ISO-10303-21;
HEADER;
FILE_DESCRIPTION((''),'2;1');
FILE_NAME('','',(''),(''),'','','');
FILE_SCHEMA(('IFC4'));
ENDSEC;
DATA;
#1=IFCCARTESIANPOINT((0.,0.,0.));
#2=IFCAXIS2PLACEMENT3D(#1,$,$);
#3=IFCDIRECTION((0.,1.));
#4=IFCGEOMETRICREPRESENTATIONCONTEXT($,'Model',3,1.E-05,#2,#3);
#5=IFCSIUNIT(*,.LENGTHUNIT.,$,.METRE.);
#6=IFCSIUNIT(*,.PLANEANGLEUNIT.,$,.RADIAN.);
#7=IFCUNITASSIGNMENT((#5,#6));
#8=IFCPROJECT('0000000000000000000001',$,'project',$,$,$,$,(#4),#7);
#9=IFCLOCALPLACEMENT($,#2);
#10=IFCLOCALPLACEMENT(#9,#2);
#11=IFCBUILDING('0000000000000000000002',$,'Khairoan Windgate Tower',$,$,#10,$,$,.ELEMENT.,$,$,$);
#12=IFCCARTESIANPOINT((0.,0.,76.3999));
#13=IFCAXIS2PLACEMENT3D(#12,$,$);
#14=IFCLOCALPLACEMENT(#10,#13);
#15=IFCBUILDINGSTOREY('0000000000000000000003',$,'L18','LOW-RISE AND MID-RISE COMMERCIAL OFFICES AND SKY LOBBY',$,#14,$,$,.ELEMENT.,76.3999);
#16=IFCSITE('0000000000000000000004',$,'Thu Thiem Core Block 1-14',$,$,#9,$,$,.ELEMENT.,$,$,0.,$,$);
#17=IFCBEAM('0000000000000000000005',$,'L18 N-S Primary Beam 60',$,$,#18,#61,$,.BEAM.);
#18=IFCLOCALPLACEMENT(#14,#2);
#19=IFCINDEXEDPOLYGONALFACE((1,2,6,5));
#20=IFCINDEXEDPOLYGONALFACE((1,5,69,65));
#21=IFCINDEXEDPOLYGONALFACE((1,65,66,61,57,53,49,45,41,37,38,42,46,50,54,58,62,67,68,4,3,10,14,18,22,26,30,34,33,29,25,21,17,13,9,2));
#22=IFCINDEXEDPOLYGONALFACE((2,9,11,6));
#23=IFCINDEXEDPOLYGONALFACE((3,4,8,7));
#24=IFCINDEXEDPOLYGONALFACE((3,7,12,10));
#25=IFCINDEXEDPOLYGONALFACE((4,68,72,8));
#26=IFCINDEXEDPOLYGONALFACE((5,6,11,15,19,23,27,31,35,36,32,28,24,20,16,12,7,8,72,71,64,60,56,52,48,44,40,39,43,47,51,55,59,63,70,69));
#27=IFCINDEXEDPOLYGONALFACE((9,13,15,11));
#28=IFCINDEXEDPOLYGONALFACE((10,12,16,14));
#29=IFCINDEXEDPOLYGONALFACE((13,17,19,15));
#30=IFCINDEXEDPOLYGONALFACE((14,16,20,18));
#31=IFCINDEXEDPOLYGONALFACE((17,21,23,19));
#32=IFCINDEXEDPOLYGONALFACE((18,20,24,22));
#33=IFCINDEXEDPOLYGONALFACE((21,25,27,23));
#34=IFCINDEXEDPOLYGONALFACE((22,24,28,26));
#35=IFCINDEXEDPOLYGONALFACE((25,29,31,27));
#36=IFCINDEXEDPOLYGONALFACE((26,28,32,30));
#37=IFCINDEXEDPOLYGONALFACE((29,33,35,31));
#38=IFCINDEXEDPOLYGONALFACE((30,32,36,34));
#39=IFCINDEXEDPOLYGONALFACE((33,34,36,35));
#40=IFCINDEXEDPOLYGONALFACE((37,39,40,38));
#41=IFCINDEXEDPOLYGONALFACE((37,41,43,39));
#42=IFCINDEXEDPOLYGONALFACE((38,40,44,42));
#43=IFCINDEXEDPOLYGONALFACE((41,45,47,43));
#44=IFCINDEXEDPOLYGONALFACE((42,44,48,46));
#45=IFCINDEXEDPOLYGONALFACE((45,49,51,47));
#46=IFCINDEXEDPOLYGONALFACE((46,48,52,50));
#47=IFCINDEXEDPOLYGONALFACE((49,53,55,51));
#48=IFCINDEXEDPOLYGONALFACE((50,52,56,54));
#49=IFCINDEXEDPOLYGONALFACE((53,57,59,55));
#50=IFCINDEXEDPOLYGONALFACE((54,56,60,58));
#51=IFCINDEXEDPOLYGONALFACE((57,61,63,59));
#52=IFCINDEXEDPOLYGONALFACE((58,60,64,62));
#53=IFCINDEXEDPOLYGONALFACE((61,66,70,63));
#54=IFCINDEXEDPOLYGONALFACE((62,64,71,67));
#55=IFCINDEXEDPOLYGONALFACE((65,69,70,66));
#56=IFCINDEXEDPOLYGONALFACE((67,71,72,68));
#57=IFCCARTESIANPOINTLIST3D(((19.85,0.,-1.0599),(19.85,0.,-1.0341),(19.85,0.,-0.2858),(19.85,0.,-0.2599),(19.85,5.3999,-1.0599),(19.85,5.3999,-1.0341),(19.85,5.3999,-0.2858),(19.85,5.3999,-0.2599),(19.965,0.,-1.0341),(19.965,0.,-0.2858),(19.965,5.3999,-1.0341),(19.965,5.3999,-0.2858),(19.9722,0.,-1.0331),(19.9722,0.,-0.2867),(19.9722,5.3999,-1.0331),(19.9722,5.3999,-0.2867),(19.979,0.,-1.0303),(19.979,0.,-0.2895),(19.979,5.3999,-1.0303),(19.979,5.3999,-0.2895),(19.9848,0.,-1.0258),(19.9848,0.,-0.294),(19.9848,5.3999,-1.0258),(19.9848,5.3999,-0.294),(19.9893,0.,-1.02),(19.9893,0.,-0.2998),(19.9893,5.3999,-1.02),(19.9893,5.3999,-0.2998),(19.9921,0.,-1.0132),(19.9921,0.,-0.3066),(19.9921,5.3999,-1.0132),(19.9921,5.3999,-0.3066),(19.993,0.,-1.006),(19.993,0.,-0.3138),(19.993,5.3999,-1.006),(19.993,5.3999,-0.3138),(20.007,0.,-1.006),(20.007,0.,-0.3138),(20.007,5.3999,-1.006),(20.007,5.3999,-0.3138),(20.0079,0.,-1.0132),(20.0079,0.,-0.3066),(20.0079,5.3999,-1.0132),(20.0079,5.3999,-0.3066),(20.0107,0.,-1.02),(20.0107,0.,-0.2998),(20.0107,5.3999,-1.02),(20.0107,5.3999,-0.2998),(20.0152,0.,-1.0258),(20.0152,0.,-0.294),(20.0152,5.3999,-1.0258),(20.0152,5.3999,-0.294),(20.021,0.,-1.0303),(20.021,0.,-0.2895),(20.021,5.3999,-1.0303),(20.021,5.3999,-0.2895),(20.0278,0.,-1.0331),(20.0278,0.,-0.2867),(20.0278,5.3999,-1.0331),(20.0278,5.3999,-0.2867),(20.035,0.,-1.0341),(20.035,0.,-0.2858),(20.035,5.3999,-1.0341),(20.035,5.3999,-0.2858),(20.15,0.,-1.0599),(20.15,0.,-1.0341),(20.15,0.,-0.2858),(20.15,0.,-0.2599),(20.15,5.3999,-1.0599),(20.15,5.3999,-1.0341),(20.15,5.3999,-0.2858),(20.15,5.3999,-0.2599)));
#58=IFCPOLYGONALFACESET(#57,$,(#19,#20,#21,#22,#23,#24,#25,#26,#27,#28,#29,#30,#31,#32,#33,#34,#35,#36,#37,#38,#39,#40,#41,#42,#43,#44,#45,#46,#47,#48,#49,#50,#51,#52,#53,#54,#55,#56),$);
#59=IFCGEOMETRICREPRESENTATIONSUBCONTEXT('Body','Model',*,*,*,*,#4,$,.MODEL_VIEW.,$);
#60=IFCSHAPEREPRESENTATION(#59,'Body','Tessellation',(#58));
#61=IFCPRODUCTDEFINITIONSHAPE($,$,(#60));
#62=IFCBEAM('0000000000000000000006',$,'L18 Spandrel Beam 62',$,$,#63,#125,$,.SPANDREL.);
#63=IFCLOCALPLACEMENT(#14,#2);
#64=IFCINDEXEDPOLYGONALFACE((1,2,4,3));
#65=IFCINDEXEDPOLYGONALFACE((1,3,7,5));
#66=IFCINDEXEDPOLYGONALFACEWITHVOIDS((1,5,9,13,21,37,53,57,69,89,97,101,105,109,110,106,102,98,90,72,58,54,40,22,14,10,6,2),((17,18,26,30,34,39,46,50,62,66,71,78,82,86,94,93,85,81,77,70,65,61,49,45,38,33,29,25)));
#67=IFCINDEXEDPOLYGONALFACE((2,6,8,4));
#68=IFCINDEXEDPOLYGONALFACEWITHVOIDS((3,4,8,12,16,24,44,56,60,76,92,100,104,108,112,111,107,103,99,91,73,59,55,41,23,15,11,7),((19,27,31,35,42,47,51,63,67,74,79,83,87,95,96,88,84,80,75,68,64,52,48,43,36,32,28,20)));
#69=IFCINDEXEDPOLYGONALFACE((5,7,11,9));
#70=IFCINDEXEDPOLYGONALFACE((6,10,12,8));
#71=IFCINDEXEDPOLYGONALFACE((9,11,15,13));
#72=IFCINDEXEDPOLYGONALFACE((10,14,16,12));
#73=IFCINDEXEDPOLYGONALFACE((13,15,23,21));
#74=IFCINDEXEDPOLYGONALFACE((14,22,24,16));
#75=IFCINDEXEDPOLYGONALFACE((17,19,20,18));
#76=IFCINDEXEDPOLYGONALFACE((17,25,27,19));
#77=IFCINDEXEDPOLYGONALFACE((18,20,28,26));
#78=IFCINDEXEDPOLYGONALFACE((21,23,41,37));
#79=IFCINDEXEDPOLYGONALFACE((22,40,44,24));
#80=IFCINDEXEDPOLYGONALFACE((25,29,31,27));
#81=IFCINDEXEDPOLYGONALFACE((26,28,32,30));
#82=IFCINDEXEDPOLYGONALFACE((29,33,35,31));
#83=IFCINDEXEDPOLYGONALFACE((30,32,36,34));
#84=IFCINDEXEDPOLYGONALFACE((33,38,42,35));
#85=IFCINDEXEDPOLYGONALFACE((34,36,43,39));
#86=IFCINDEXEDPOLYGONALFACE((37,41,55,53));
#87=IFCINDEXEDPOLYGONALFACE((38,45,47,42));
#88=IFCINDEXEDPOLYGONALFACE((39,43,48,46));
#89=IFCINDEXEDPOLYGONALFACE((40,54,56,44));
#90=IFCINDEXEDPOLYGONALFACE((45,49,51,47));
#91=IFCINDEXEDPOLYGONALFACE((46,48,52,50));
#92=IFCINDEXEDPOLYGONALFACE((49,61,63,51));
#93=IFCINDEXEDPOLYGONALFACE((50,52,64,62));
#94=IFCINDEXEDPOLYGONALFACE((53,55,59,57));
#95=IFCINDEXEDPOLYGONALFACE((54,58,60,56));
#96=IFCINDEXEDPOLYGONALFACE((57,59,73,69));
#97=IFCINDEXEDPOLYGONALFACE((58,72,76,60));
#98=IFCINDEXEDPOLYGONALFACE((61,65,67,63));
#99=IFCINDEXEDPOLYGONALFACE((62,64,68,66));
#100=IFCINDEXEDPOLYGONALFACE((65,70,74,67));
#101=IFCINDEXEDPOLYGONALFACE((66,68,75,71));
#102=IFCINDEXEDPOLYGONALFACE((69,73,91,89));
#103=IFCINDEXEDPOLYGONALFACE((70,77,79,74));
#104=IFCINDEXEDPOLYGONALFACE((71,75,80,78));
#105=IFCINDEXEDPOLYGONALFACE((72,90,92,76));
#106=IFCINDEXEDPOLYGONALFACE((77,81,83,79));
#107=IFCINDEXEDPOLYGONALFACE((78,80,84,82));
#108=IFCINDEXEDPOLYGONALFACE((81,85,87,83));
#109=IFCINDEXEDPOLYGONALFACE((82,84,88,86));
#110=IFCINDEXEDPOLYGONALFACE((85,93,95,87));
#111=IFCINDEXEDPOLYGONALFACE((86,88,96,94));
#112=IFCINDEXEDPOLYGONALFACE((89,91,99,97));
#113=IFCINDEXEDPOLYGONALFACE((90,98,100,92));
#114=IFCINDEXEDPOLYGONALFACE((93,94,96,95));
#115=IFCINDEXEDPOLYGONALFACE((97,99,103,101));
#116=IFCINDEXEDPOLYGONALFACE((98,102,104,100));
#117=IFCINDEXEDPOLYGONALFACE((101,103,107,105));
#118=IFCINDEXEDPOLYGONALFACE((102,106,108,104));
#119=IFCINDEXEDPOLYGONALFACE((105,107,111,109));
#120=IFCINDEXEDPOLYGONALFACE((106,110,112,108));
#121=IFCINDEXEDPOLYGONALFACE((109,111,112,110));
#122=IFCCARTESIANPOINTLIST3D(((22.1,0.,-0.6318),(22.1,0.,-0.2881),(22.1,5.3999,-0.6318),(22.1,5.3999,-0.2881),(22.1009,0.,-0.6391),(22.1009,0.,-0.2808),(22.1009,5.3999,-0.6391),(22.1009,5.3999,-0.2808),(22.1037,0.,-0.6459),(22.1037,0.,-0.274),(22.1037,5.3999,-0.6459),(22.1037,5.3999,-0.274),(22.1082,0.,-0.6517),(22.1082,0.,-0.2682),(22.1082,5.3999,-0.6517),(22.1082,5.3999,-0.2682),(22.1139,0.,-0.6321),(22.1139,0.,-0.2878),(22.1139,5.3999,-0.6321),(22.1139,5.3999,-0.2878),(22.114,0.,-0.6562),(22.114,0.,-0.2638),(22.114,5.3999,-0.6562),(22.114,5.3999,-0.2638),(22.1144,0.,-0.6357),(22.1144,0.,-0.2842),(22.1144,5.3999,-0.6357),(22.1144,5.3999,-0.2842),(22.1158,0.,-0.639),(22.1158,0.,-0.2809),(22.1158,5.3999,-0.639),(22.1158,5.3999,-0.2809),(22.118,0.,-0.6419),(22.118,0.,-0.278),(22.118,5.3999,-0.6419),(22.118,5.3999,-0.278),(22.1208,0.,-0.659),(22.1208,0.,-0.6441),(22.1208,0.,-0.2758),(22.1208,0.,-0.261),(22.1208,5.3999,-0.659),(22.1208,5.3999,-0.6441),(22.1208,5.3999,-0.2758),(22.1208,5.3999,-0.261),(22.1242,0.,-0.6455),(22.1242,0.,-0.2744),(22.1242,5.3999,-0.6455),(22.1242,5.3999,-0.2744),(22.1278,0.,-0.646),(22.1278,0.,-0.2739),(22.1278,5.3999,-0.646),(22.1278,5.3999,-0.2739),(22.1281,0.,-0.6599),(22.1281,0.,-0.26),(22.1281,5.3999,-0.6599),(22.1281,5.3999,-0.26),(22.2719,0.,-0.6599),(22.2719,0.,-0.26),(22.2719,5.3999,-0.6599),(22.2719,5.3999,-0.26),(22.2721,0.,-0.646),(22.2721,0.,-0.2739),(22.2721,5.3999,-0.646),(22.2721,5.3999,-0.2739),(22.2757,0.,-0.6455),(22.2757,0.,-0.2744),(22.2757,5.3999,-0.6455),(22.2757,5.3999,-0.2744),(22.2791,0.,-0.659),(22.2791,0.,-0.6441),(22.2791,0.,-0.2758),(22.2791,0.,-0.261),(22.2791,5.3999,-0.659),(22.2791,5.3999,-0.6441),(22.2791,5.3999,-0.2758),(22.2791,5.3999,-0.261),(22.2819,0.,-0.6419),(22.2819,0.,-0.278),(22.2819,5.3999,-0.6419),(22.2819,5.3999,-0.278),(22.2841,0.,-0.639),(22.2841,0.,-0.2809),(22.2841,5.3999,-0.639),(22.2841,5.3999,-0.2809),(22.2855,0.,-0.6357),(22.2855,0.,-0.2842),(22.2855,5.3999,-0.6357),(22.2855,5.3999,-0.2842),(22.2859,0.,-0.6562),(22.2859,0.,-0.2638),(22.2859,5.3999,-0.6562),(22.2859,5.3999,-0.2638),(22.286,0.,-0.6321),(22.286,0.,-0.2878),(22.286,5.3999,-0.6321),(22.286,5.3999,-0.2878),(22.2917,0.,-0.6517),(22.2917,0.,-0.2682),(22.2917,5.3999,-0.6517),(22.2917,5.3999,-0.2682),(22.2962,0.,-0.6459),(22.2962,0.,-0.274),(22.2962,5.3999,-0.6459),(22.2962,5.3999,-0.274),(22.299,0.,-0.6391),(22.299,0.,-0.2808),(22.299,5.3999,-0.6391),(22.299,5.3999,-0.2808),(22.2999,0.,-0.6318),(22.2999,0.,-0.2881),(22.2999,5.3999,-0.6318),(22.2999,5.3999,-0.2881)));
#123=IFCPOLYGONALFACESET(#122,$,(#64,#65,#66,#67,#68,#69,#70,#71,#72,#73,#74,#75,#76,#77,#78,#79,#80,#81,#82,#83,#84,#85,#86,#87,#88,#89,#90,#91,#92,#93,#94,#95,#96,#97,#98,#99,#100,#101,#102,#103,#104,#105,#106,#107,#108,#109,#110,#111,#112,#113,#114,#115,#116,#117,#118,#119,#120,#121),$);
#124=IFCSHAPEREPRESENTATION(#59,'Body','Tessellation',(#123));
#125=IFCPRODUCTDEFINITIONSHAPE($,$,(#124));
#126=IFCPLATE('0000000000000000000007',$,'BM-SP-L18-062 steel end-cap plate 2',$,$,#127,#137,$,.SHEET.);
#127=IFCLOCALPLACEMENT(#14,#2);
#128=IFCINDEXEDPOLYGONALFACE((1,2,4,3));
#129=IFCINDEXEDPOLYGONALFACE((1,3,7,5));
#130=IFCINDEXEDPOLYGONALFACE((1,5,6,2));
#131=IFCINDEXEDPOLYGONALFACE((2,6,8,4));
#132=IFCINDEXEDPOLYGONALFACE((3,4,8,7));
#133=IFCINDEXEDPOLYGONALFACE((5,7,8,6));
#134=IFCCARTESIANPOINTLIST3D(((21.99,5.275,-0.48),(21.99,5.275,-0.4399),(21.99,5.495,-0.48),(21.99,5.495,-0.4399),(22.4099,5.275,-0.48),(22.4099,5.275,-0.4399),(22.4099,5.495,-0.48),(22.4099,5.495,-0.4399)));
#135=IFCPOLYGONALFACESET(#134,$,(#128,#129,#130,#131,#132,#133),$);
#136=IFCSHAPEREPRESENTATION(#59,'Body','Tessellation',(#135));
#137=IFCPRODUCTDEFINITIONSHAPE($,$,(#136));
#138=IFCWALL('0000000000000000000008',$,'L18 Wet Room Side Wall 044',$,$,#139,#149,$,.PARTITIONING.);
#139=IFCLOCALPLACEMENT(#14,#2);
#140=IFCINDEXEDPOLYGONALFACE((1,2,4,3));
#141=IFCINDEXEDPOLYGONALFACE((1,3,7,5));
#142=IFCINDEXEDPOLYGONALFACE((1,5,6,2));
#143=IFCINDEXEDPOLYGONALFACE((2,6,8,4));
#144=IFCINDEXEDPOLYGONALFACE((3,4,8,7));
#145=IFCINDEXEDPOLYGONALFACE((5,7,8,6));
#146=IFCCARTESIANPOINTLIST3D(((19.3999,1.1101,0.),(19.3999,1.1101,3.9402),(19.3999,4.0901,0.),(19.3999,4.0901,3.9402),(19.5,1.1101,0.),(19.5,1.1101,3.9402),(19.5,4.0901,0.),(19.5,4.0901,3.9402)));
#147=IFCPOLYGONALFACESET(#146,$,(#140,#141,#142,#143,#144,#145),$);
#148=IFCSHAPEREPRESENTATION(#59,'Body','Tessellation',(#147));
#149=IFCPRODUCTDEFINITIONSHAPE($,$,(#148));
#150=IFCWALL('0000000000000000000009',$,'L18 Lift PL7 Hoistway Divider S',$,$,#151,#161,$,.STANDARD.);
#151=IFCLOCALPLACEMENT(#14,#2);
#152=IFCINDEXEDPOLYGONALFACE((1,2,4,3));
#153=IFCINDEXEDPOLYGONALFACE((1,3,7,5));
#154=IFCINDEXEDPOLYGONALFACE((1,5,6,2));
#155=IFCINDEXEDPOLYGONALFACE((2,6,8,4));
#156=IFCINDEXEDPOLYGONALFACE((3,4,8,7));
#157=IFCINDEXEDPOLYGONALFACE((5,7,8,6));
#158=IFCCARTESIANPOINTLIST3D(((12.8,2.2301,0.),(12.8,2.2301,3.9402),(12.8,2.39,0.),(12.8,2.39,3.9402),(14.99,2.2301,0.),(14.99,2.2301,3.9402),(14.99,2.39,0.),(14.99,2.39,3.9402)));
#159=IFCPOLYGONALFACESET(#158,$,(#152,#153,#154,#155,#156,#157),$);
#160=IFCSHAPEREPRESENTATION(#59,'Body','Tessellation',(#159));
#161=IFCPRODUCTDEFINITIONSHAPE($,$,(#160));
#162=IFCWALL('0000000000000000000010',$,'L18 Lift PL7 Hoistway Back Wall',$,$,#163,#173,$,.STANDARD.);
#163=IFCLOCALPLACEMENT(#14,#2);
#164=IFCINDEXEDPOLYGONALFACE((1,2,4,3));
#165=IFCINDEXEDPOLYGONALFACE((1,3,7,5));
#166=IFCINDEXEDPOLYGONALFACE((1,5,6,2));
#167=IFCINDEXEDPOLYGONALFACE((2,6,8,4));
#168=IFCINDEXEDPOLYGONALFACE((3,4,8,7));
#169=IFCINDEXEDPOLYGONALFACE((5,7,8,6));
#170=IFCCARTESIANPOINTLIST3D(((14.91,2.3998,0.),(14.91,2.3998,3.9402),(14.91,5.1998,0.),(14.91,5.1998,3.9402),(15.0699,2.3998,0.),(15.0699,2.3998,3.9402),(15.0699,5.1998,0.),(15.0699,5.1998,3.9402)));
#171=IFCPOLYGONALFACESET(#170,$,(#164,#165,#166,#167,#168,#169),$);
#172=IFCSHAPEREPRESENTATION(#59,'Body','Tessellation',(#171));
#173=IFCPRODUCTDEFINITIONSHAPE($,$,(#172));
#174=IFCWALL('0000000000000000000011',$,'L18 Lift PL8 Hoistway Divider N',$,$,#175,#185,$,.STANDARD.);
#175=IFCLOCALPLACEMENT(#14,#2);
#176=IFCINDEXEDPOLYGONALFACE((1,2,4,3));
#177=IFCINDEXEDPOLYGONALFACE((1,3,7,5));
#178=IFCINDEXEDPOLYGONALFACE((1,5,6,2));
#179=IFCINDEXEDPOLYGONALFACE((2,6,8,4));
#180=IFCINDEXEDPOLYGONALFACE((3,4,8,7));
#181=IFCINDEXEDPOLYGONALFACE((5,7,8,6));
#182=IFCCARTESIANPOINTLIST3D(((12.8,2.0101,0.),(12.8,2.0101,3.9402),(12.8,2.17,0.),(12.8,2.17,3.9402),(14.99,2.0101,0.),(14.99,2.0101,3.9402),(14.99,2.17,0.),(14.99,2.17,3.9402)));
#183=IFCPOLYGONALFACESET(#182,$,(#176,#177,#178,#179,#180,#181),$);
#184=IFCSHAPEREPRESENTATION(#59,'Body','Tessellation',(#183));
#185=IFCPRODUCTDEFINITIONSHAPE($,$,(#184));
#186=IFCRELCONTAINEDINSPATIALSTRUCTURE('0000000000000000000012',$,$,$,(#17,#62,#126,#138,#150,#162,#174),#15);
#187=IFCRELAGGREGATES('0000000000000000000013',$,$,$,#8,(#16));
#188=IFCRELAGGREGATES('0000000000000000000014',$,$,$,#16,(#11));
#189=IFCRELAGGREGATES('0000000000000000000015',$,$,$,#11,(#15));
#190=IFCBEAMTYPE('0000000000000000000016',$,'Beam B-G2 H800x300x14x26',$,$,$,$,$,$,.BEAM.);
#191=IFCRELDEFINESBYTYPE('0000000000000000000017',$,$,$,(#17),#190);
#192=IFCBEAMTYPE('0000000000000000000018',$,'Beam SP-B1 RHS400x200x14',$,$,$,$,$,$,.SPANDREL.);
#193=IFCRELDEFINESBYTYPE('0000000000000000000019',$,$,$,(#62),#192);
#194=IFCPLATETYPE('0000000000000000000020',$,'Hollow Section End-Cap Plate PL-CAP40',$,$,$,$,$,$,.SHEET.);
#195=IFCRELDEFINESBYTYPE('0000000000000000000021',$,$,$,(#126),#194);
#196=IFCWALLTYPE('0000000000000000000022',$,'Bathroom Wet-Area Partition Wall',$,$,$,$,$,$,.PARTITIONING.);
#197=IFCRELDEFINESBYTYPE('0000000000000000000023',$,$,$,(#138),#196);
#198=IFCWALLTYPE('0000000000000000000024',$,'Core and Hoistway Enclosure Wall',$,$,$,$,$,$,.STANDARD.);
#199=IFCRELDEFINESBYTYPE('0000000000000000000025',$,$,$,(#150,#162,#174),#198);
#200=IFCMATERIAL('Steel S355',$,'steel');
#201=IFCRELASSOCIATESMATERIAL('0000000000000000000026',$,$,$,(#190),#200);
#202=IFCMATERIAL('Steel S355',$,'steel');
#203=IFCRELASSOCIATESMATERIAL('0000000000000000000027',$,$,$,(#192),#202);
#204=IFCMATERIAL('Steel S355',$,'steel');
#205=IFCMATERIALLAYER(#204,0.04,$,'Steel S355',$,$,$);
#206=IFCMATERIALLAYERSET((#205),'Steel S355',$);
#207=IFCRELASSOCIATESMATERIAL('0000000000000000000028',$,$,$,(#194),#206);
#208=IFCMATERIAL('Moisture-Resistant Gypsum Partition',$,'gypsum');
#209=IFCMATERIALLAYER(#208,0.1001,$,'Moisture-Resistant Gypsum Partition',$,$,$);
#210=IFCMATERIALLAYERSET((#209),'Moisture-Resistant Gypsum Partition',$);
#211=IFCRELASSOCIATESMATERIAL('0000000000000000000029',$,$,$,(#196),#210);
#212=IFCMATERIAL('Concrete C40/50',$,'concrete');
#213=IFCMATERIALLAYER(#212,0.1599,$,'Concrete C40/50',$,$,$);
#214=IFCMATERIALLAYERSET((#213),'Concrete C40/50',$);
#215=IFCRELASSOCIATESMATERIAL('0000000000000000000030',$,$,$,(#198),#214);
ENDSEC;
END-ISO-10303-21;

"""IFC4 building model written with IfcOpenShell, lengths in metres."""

from ifc_helpers import new_model, si_unit, direction, frame, frame_2d, origin, origin_2d, place, context, subcontext, project, spatial, rectangle, hollow_rectangle, i_section, extrude, material, layer, layer_set, material_profile, profile_set, type_object, element, save


model = new_model("IFC4")

# Units and contexts
model_context = context("Model", 3, precision=1e-05, world=origin(), true_north=direction((0.0, 1.0)))
body_context = subcontext(model_context, "Body", "Model", "MODEL_VIEW")
ifc_project = project(units=[si_unit("LENGTHUNIT", "METRE"), si_unit("PLANEANGLEUNIT", "RADIAN")], contexts=[model_context])

# Site, building, storey
site_placement = place(None, origin())
site = spatial("IfcSite", under=ifc_project, at=site_placement, Name="Thu Thiem Core Block 1-14", CompositionType="ELEMENT", RefElevation=0.0)
building_placement = place(site_placement, origin())
building = spatial("IfcBuilding", under=site, at=building_placement, Name="Khairoan Windgate Tower", CompositionType="ELEMENT")
storey_placement = place(building_placement, frame((0.0, 0.0, 76.3999)))
storey = spatial("IfcBuildingStorey", under=building, at=storey_placement, Name="L18", Description="LOW-RISE AND MID-RISE COMMERCIAL OFFICES AND SKY LOBBY", CompositionType="ELEMENT", Elevation=76.3999)

# Beams
ifc_material_1 = material(Name="Steel S355", Category="steel")
ifc_material_profile_1 = material_profile(ifc_material_1, i_section(OverallWidth=0.3, OverallDepth=0.8, WebThickness=0.0139, FlangeThickness=0.0259, FilletRadius=0.0281, at=origin_2d()))
ifc_profile_set_1 = profile_set([ifc_material_profile_1], Name="Steel S355")
beam_type_1 = type_object("IfcBeamType", Name="Beam B-G2 H800x300x14x26", PredefinedType="BEAM", material=ifc_profile_set_1)
beam_1_placement = place(storey_placement, frame((20.0, 0.0, -0.6599), z_axis=(0.0, 1.0, 0.0), x_axis=(-1.0, 0.0, 0.0)))
element("IfcBeam", 1, at=beam_1_placement, inside=storey, type_object=beam_type_1, Name="L18 N-S Primary Beam 60", PredefinedType="BEAM", context=body_context, shape_type="SweptSolid", body=[
    extrude(i_section(OverallWidth=0.3, OverallDepth=0.8, WebThickness=0.0139, FlangeThickness=0.0259, FilletRadius=0.0281, at=origin_2d()), origin(), (0.0, 0.0, 1.0), 5.3999),
])
ifc_material_2 = material(Name="Steel S355", Category="steel")
ifc_material_profile_2 = material_profile(ifc_material_2, hollow_rectangle(XDim=0.2, YDim=0.3999, WallThickness=0.0139, InnerFilletRadius=0.0139, OuterFilletRadius=0.0281, at=origin_2d()))
ifc_profile_set_2 = profile_set([ifc_material_profile_2], Name="Steel S355")
beam_type_2 = type_object("IfcBeamType", Name="Beam SP-B1 RHS400x200x14", PredefinedType="SPANDREL", material=ifc_profile_set_2)
beam_2_placement = place(storey_placement, frame((22.2, 0.0, -0.46), z_axis=(0.0, 1.0, 0.0), x_axis=(-1.0, 0.0, 0.0)))
element("IfcBeam", 2, at=beam_2_placement, inside=storey, type_object=beam_type_2, Name="L18 Spandrel Beam 62", PredefinedType="SPANDREL", context=body_context, shape_type="SweptSolid", body=[
    extrude(hollow_rectangle(XDim=0.2, YDim=0.3999, WallThickness=0.0139, InnerFilletRadius=0.0139, OuterFilletRadius=0.0281, at=origin_2d()), origin(), (0.0, 0.0, 1.0), 5.3999),
])

# Plate
ifc_material_3 = material(Name="Steel S355", Category="steel")
ifc_layer_1 = layer(ifc_material_3, 0.04, Name="Steel S355")
ifc_layer_set_1 = layer_set([ifc_layer_1], Name="Steel S355")
plate_type = type_object("IfcPlateType", Name="Hollow Section End-Cap Plate PL-CAP40", PredefinedType="SHEET", material=ifc_layer_set_1)
plate_placement = place(storey_placement, frame((22.2, 5.385, -0.48), z_axis=(0.0, 0.0, 1.0), x_axis=(0.0, 1.0, 0.0)))
element("IfcPlate", 3, at=plate_placement, inside=storey, type_object=plate_type, Name="BM-SP-L18-062 steel end-cap plate 2", PredefinedType="SHEET", context=body_context, shape_type="SweptSolid", body=[
    extrude(rectangle(XDim=0.22, YDim=0.4199, at=origin_2d()), origin(), (0.0, 0.0, 1.0), 0.04),
])

# Walls
ifc_material_4 = material(Name="Moisture-Resistant Gypsum Partition", Category="gypsum")
ifc_layer_2 = layer(ifc_material_4, 0.1001, Name="Moisture-Resistant Gypsum Partition")
ifc_layer_set_2 = layer_set([ifc_layer_2], Name="Moisture-Resistant Gypsum Partition")
wall_type_1 = type_object("IfcWallType", Name="Bathroom Wet-Area Partition Wall", PredefinedType="PARTITIONING", material=ifc_layer_set_2)
wall_1_placement = place(storey_placement, frame((19.45, 4.0901, 0.0), z_axis=(0.0, 0.0, 1.0), x_axis=(0.0, -1.0, 0.0)))
element("IfcWall", 4, at=wall_1_placement, inside=storey, type_object=wall_type_1, Name="L18 Wet Room Side Wall 044", PredefinedType="PARTITIONING", context=body_context, shape_type="SweptSolid", body=[
    extrude(rectangle(XDim=2.98, YDim=0.1001, at=frame_2d((1.49, 0.0))), origin(), (0.0, 0.0, 1.0), 3.9402),
])
ifc_material_5 = material(Name="Concrete C40/50", Category="concrete")
ifc_layer_3 = layer(ifc_material_5, 0.1599, Name="Concrete C40/50")
ifc_layer_set_3 = layer_set([ifc_layer_3], Name="Concrete C40/50")
wall_type_2 = type_object("IfcWallType", Name="Core and Hoistway Enclosure Wall", PredefinedType="STANDARD", material=ifc_layer_set_3)
wall_2_placement = place(storey_placement, frame((12.8, 2.3101, 0.0), z_axis=(0.0, 0.0, 1.0), x_axis=(1.0, 0.0, 0.0)))
element("IfcWall", 5, at=wall_2_placement, inside=storey, type_object=wall_type_2, Name="L18 Lift PL7 Hoistway Divider S", PredefinedType="STANDARD", context=body_context, shape_type="SweptSolid", body=[
    extrude(rectangle(XDim=2.1899, YDim=0.1599, at=frame_2d((1.095, 0.0))), origin(), (0.0, 0.0, 1.0), 3.9402),
])
wall_3_placement = place(storey_placement, frame((14.99, 2.3999, 0.0), z_axis=(0.0, 0.0, 1.0), x_axis=(0.0, 1.0, 0.0)))
element("IfcWall", 6, at=wall_3_placement, inside=storey, type_object=wall_type_2, Name="L18 Lift PL7 Hoistway Back Wall", PredefinedType="STANDARD", context=body_context, shape_type="SweptSolid", body=[
    extrude(rectangle(XDim=2.8, YDim=0.1599, at=frame_2d((1.3999, 0.0))), origin(), (0.0, 0.0, 1.0), 3.9402),
])
wall_4_placement = place(storey_placement, frame((12.8, 2.0901, 0.0), z_axis=(0.0, 0.0, 1.0), x_axis=(1.0, 0.0, 0.0)))
element("IfcWall", 7, at=wall_4_placement, inside=storey, type_object=wall_type_2, Name="L18 Lift PL8 Hoistway Divider N", PredefinedType="STANDARD", context=body_context, shape_type="SweptSolid", body=[
    extrude(rectangle(XDim=2.1899, YDim=0.1599, at=frame_2d((1.095, 0.0))), origin(), (0.0, 0.0, 1.0), 3.9402),
])

save(model, "model.ifc")
